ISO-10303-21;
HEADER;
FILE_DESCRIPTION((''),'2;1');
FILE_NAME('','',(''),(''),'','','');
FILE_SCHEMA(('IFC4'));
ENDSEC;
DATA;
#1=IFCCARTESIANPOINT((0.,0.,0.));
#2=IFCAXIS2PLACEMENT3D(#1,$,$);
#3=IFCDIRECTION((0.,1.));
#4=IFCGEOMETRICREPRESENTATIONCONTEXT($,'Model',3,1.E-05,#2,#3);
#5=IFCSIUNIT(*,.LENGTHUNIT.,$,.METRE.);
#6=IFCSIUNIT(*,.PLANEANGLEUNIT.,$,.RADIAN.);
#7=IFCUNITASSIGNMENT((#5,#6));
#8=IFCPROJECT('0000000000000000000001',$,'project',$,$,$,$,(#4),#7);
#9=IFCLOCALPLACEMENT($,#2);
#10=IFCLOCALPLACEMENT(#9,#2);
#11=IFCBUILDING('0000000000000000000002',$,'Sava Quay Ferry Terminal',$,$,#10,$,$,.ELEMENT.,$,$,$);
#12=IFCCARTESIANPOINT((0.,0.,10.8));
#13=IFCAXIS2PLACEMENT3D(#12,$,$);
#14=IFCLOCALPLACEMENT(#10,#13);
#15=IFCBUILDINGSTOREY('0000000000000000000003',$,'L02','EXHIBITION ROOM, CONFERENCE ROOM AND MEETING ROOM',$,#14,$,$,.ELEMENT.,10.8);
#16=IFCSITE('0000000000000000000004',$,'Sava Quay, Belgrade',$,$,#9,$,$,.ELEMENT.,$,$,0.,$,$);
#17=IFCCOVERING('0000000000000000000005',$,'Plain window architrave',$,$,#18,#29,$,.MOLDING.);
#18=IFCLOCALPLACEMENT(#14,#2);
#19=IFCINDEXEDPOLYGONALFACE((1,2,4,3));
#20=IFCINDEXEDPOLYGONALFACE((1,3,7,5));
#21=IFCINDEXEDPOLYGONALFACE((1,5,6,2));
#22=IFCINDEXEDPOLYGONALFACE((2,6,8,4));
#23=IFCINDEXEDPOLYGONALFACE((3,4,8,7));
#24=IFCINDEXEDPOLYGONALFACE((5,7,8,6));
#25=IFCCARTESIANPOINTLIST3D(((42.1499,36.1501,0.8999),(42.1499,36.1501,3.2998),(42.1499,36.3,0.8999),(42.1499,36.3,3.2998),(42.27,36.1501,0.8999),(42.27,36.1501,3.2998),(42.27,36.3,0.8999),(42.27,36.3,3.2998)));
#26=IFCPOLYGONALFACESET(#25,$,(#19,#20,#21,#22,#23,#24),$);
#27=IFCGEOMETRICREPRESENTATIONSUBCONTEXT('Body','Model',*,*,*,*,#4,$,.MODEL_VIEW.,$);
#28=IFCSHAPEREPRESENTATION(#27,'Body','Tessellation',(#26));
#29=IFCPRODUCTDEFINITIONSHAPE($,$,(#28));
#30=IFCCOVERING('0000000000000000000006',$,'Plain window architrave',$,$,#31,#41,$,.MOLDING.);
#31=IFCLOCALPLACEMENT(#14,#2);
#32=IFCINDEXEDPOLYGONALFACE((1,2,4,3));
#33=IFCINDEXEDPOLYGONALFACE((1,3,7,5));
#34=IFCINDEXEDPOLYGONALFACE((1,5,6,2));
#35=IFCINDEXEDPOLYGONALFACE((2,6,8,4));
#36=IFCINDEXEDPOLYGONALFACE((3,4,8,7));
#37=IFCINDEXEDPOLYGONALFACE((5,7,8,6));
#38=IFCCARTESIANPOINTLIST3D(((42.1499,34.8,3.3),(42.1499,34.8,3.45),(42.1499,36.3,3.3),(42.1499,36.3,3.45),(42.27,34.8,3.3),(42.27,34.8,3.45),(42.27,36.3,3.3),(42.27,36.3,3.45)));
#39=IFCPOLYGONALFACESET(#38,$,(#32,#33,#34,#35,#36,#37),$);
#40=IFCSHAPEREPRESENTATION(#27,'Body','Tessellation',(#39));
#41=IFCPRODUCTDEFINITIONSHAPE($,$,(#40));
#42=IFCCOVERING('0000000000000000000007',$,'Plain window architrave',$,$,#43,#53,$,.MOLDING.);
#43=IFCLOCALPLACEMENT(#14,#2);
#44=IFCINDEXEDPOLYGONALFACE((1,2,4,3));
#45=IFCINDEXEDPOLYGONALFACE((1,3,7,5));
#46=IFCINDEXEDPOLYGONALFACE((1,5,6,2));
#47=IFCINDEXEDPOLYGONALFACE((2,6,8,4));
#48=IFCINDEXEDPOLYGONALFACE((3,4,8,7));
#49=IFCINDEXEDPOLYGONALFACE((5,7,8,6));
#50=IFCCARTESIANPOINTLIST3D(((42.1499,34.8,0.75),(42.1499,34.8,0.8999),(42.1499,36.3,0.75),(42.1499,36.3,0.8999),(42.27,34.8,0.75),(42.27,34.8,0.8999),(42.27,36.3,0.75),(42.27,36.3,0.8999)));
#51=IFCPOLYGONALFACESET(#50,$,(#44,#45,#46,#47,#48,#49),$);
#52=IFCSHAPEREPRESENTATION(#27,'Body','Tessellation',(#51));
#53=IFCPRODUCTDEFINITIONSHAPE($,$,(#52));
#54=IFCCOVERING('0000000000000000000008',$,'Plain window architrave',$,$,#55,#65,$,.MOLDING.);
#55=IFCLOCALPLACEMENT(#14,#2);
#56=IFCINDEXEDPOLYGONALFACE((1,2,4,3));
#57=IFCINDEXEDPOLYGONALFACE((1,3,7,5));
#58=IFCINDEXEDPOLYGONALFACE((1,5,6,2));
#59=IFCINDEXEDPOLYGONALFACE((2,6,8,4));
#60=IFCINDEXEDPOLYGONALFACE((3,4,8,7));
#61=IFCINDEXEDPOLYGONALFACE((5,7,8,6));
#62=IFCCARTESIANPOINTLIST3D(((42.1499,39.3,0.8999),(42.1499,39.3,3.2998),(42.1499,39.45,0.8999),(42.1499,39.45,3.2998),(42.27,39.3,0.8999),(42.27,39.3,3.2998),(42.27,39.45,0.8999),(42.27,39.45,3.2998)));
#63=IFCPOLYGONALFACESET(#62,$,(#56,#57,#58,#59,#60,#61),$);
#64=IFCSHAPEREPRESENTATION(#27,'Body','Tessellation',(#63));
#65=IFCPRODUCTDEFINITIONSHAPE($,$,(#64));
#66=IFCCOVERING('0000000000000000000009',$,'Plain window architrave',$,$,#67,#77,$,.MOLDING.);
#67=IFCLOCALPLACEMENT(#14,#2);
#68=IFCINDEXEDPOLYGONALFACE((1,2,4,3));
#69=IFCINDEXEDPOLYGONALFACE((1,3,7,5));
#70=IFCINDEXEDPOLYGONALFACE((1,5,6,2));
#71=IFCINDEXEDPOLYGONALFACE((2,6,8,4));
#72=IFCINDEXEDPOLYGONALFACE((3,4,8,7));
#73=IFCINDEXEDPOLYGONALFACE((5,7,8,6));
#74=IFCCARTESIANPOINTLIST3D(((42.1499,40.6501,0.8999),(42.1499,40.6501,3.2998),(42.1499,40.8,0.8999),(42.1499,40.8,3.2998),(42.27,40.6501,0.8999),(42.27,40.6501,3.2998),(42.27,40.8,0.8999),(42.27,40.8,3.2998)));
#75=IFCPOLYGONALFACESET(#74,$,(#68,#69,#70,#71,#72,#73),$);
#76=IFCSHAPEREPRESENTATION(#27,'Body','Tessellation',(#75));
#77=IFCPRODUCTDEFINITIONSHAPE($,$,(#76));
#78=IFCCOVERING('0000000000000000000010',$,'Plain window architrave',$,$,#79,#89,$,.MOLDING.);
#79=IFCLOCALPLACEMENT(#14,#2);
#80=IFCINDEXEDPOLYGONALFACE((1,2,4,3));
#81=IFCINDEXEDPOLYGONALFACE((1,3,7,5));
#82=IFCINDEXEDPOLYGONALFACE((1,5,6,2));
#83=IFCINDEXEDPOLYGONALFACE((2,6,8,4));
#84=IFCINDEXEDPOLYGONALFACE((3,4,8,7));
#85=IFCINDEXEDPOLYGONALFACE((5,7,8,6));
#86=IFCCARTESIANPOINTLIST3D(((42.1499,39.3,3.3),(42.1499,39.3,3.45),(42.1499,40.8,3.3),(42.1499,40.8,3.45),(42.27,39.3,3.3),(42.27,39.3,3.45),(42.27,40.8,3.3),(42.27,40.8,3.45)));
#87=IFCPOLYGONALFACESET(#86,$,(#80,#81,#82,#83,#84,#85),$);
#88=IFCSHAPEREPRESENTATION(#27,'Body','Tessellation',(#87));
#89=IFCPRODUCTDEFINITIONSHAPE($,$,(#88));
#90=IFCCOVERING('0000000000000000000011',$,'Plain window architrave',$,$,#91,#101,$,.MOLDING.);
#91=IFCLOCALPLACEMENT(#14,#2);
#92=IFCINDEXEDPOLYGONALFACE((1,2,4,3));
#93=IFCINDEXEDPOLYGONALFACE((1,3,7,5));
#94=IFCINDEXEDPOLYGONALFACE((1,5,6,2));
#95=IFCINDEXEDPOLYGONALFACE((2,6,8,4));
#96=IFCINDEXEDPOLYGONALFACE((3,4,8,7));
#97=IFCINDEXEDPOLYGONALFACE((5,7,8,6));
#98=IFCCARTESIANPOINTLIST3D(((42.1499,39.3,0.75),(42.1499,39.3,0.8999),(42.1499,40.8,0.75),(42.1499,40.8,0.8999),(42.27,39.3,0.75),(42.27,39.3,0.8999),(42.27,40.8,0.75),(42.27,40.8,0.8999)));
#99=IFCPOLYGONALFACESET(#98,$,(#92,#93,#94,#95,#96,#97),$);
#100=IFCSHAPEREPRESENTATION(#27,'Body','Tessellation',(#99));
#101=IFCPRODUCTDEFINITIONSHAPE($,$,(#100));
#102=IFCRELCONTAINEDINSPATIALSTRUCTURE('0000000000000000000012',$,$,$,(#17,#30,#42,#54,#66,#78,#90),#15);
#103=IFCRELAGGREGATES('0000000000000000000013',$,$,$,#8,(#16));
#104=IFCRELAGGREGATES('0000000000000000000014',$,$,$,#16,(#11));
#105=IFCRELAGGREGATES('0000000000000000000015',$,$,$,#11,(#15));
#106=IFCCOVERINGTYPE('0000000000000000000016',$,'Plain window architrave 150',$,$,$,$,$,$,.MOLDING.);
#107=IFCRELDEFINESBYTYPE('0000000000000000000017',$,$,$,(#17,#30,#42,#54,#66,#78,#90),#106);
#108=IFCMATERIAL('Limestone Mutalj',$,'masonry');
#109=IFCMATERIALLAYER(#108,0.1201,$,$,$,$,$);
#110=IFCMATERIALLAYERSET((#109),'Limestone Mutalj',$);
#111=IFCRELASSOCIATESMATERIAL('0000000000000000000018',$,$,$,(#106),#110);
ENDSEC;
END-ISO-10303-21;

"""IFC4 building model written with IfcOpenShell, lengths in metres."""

from ifc_helpers import new_model, si_unit, direction, frame, origin, origin_2d, place, context, subcontext, project, spatial, rectangle, extrude, material, layer, layer_set, type_object, element, save


model = new_model("IFC4")

# Units and contexts
model_context = context("Model", 3, precision=1e-05, world=origin(), true_north=direction((0.0, 1.0)))
body_context = subcontext(model_context, "Body", "Model", "MODEL_VIEW")
ifc_project = project(units=[si_unit("LENGTHUNIT", "METRE"), si_unit("PLANEANGLEUNIT", "RADIAN")], contexts=[model_context])

# Site, building, storey
site_placement = place(None, origin())
site = spatial("IfcSite", under=ifc_project, at=site_placement, Name="Sava Quay, Belgrade", CompositionType="ELEMENT", RefElevation=0.0)
building_placement = place(site_placement, origin())
building = spatial("IfcBuilding", under=site, at=building_placement, Name="Sava Quay Ferry Terminal", CompositionType="ELEMENT")
storey_placement = place(building_placement, frame((0.0, 0.0, 10.8)))
storey = spatial("IfcBuildingStorey", under=building, at=storey_placement, Name="L02", Description="EXHIBITION ROOM, CONFERENCE ROOM AND MEETING ROOM", CompositionType="ELEMENT", Elevation=10.8)

# Coverings
ifc_material_1 = material(Name="Limestone Mutalj", Category="masonry")
ifc_layer_1 = layer(ifc_material_1, 0.1201)
ifc_layer_set_1 = layer_set([ifc_layer_1], Name="Limestone Mutalj")
covering_type_1 = type_object("IfcCoveringType", Name="Plain window architrave 150", PredefinedType="MOLDING", material=ifc_layer_set_1)
for number, where, z_axis, x_axis, name in (
    (1, (42.21, 36.2251, 0.8999), (0.0, 0.0, 1.0), (1.0, 0.0, 0.0), "Plain window architrave"),
):
    element("IfcCovering", number, at=place(storey_placement, frame(where, z_axis=z_axis, x_axis=x_axis)), inside=storey, type_object=covering_type_1, Name=name, PredefinedType="MOLDING", context=body_context, shape_type="SweptSolid", body=[
        extrude(rectangle(XDim=0.1201, YDim=0.1499, at=origin_2d()), origin(), (0.0, 0.0, 1.0), 2.3999),
    ])
for number, where, z_axis, x_axis, name in (
    (2, (42.21, 35.55, 3.3), (0.0, 0.0, 1.0), (1.0, 0.0, 0.0), "Plain window architrave"),
    (3, (42.21, 35.55, 0.75), (0.0, 0.0, 1.0), (1.0, 0.0, 0.0), "Plain window architrave"),
):
    element("IfcCovering", number, at=place(storey_placement, frame(where, z_axis=z_axis, x_axis=x_axis)), inside=storey, type_object=covering_type_1, Name=name, PredefinedType="MOLDING", context=body_context, shape_type="SweptSolid", body=[
        extrude(rectangle(XDim=0.1201, YDim=1.5, at=origin_2d()), origin(), (0.0, 0.0, 1.0), 0.1499),
    ])
for number, where, z_axis, x_axis, name in (
    (4, (42.21, 39.375, 0.8999), (0.0, 0.0, 1.0), (1.0, 0.0, 0.0), "Plain window architrave"),
    (5, (42.21, 40.7251, 0.8999), (0.0, 0.0, 1.0), (1.0, 0.0, 0.0), "Plain window architrave"),
):
    element("IfcCovering", number, at=place(storey_placement, frame(where, z_axis=z_axis, x_axis=x_axis)), inside=storey, type_object=covering_type_1, Name=name, PredefinedType="MOLDING", context=body_context, shape_type="SweptSolid", body=[
        extrude(rectangle(XDim=0.1201, YDim=0.1499, at=origin_2d()), origin(), (0.0, 0.0, 1.0), 2.3999),
    ])
for number, where, z_axis, x_axis, name in (
    (6, (42.21, 40.05, 3.3), (0.0, 0.0, 1.0), (1.0, 0.0, 0.0), "Plain window architrave"),
    (7, (42.21, 40.05, 0.75), (0.0, 0.0, 1.0), (1.0, 0.0, 0.0), "Plain window architrave"),
):
    element("IfcCovering", number, at=place(storey_placement, frame(where, z_axis=z_axis, x_axis=x_axis)), inside=storey, type_object=covering_type_1, Name=name, PredefinedType="MOLDING", context=body_context, shape_type="SweptSolid", body=[
        extrude(rectangle(XDim=0.1201, YDim=1.5, at=origin_2d()), origin(), (0.0, 0.0, 1.0), 0.1499),
    ])

save(model, "model.ifc")
